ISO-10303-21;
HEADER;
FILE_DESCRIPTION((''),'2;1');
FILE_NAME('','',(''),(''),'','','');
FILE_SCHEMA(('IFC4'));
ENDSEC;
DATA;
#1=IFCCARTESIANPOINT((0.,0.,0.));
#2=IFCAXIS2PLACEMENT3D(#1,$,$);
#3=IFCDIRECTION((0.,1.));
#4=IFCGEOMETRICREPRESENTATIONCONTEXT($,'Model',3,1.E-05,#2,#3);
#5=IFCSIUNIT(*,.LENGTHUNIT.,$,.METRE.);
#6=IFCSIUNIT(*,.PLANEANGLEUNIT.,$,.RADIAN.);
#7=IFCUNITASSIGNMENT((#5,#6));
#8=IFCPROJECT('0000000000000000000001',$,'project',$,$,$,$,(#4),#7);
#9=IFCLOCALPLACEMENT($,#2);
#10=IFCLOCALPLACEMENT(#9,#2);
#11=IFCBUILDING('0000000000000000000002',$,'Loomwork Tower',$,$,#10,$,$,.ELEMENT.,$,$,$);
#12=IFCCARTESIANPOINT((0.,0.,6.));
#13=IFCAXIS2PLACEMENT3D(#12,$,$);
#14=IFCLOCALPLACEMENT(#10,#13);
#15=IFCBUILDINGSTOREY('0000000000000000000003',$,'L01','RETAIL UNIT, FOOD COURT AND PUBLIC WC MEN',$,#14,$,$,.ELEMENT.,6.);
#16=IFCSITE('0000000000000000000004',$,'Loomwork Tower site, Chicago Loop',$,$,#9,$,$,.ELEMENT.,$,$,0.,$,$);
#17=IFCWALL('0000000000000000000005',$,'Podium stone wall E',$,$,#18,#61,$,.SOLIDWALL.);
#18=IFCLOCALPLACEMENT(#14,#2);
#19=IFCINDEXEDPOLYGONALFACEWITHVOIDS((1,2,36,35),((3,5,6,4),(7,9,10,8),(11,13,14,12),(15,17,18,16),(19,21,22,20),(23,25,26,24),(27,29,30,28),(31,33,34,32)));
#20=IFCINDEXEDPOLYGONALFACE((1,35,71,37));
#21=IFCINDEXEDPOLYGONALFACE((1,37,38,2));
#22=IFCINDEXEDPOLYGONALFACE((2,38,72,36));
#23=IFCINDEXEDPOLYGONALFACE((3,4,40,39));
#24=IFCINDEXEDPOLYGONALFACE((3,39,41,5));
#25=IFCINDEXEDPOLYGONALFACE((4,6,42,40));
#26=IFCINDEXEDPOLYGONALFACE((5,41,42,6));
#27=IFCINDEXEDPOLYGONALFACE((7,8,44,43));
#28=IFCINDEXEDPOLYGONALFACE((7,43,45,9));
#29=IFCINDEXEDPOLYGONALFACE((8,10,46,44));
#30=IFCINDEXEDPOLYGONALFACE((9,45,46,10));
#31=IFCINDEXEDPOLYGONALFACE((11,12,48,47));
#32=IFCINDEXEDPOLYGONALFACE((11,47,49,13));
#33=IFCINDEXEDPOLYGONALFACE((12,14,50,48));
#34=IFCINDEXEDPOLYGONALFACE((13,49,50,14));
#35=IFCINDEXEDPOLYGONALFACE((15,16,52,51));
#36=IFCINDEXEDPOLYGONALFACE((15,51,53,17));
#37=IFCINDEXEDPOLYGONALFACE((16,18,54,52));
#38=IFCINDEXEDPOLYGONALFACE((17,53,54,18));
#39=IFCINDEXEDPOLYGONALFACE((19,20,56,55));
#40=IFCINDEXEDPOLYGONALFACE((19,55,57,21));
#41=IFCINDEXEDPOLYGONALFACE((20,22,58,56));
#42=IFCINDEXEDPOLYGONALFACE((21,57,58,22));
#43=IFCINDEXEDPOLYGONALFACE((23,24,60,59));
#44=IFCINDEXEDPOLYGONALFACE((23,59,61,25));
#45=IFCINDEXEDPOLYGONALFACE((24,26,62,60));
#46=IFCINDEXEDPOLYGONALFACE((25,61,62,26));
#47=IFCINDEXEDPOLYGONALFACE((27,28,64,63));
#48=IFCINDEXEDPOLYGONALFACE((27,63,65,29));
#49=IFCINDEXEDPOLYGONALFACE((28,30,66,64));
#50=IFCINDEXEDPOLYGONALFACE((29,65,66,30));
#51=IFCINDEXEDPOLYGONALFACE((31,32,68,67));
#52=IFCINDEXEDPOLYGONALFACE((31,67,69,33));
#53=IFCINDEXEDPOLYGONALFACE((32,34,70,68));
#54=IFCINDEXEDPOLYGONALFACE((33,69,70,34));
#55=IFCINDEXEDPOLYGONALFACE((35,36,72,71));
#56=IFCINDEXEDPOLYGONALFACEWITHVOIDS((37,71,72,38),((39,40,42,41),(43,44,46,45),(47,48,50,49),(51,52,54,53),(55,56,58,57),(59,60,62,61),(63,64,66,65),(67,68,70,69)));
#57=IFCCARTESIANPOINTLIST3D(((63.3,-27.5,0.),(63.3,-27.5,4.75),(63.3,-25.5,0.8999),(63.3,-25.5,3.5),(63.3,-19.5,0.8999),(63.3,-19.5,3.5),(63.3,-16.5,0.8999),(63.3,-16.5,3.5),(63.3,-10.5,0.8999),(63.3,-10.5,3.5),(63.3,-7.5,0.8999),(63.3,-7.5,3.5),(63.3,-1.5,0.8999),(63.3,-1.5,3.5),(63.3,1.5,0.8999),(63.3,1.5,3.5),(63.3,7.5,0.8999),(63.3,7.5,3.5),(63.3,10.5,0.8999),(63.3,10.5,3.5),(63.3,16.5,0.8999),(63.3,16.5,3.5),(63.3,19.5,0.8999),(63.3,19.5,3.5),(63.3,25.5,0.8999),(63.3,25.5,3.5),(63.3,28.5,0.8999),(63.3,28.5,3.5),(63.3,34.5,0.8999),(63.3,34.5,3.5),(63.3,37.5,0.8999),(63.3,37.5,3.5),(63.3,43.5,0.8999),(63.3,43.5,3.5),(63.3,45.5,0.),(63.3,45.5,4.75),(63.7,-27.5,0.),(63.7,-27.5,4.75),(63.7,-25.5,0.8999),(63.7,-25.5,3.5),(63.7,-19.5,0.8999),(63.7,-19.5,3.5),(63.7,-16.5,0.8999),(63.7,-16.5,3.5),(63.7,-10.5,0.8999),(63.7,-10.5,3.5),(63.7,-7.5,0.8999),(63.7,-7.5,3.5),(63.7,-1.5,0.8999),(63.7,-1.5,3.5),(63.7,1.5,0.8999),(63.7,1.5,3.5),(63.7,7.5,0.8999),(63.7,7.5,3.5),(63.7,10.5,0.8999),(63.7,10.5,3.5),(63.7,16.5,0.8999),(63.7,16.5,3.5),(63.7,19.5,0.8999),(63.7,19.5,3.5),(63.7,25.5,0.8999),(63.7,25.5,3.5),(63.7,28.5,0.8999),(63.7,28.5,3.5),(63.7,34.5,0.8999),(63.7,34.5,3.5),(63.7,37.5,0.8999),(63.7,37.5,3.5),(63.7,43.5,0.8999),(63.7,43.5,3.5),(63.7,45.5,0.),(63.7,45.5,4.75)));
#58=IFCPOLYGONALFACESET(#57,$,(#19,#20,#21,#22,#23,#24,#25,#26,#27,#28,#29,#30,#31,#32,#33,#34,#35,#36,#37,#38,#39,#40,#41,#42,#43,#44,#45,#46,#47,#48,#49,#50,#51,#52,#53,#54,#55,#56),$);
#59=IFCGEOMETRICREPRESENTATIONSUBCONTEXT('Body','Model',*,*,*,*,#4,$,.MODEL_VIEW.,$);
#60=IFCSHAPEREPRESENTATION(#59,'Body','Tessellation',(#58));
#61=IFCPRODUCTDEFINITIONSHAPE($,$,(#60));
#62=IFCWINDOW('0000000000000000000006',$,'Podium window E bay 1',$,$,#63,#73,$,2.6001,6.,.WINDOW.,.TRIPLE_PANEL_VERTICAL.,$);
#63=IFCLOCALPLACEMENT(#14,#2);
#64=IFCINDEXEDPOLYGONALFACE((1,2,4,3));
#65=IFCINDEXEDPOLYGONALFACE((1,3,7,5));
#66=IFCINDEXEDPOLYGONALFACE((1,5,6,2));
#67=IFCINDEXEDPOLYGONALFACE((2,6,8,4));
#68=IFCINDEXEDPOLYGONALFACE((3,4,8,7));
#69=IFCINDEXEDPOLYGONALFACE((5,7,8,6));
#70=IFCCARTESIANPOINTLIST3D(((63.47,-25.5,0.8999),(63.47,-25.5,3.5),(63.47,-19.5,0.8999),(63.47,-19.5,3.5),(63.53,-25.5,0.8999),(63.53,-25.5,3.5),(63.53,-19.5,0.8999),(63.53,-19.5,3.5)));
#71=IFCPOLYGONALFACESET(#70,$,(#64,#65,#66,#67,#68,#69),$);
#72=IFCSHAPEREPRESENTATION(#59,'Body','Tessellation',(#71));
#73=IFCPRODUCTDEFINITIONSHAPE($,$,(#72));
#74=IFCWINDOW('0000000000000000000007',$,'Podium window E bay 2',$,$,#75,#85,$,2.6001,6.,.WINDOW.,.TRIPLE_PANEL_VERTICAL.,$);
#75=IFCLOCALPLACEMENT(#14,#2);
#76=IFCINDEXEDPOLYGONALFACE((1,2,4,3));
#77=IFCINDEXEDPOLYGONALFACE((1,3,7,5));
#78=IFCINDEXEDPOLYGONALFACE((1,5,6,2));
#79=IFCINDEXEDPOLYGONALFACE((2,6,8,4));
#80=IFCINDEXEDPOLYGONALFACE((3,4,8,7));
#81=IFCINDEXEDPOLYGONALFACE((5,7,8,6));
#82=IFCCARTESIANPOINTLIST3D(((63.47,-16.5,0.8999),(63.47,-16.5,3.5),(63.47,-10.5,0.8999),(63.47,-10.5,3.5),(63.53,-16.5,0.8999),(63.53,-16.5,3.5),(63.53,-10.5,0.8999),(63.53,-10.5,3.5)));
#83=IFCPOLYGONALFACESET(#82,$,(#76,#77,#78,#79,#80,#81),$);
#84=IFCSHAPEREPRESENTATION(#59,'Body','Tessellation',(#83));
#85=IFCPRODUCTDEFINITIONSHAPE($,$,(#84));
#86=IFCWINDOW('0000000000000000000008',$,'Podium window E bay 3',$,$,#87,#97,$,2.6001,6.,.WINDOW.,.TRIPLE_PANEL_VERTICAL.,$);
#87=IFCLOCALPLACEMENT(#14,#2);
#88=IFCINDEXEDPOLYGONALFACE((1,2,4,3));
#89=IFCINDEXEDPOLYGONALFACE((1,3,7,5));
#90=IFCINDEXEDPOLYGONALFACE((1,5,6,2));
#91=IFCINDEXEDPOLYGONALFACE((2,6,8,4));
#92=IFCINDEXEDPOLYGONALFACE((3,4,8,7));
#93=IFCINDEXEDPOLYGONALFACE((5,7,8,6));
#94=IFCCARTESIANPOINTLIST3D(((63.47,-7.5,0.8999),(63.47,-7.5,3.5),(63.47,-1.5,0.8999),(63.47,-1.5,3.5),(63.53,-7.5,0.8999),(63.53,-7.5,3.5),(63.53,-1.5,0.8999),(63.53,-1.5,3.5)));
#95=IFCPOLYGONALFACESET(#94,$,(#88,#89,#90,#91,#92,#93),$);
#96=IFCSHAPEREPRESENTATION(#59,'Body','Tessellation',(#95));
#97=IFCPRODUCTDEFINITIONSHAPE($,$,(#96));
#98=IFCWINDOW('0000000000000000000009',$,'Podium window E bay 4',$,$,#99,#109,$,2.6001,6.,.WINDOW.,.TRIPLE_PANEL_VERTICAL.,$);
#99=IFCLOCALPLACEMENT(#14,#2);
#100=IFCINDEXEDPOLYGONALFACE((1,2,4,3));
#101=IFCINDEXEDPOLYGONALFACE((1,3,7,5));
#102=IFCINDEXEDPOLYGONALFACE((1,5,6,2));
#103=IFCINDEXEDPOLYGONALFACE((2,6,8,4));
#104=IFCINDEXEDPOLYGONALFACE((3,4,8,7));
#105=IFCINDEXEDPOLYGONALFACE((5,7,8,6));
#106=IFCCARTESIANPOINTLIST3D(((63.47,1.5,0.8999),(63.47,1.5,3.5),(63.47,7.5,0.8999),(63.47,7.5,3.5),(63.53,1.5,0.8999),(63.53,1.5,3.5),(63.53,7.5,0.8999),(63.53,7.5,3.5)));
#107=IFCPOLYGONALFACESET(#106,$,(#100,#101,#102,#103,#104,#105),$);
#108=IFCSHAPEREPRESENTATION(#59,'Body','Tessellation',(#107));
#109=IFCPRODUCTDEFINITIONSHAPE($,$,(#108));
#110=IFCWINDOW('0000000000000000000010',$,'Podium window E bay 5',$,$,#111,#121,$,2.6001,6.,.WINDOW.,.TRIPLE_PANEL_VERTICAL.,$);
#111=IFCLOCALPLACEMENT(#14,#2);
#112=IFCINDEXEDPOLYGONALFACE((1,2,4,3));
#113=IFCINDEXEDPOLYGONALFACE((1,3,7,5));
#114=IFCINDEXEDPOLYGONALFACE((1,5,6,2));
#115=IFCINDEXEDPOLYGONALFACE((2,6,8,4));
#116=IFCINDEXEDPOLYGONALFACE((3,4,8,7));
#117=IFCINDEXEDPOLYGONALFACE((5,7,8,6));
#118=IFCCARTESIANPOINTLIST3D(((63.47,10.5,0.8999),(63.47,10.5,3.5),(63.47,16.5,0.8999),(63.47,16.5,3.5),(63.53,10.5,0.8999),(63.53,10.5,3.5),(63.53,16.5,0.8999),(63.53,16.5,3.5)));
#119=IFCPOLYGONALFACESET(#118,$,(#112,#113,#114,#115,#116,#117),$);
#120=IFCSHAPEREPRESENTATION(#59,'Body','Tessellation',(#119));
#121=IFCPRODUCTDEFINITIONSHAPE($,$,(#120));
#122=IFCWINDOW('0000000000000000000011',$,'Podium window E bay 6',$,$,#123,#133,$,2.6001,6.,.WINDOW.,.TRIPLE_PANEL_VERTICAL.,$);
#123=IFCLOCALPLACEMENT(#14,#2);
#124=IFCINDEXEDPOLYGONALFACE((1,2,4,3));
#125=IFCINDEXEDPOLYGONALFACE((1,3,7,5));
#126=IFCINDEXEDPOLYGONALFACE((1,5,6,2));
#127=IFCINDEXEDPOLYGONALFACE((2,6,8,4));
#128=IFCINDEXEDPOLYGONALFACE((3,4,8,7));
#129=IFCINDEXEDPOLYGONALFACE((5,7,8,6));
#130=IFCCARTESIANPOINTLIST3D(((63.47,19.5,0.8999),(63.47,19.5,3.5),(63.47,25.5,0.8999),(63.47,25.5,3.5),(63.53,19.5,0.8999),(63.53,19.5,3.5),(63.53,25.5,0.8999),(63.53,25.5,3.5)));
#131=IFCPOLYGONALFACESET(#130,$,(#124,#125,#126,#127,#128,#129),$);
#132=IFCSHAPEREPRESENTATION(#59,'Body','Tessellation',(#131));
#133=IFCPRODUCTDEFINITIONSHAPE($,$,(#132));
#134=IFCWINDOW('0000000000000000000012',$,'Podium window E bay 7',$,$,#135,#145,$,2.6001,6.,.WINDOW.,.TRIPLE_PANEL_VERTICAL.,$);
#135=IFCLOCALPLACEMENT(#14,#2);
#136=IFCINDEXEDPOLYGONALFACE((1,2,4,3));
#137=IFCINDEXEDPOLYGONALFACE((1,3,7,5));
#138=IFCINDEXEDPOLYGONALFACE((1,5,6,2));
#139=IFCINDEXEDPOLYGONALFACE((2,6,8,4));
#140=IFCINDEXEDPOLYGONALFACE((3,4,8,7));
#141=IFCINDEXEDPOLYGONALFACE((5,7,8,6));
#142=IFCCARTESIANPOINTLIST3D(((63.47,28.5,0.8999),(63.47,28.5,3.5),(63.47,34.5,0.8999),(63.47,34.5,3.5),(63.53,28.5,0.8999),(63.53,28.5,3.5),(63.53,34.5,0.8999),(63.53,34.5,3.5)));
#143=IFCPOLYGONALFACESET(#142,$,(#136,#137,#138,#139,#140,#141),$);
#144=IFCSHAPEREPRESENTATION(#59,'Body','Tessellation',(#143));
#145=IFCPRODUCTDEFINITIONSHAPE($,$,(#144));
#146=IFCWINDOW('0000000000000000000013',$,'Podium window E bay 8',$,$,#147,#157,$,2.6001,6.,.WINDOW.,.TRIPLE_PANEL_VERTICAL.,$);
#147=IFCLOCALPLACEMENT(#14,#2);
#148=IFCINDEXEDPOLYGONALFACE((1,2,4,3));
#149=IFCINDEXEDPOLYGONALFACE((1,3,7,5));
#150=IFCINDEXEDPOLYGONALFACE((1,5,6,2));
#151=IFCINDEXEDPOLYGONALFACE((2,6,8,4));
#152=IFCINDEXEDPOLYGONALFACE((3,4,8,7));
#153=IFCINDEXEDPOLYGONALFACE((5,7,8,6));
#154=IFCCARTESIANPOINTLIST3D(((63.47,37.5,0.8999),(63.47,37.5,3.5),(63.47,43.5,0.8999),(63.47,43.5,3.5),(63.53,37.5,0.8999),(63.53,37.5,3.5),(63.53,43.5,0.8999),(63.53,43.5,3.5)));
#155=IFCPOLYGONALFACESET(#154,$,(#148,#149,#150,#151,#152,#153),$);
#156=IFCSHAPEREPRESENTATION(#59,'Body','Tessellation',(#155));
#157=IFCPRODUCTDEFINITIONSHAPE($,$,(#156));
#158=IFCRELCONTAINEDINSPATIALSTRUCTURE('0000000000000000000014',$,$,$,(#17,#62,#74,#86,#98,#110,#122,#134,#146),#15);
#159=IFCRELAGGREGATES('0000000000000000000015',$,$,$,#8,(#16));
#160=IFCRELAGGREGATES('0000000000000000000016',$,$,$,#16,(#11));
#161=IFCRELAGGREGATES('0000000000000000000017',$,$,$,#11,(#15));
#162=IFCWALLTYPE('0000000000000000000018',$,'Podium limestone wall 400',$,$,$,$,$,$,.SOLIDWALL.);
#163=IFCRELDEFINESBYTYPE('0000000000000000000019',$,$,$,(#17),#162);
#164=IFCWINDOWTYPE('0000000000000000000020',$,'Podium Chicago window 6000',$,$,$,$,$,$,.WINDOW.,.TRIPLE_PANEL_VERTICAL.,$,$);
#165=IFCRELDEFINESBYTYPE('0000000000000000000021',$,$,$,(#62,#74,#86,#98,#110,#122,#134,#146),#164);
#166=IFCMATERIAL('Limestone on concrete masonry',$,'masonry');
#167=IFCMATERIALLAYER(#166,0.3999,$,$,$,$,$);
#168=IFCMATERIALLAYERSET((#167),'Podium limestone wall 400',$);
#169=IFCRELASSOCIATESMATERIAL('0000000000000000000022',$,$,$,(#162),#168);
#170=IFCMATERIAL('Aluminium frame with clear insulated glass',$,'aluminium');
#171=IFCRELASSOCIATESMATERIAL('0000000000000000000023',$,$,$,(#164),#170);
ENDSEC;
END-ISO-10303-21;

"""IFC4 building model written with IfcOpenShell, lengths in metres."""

from ifc_helpers import new_model, si_unit, direction, frame, frame_2d, origin, place, context, subcontext, project, spatial, rectangle, extrude, material, layer, layer_set, type_object, element, fill, save


model = new_model("IFC4")

# Units and contexts
model_context = context("Model", 3, precision=1e-05, world=origin(), true_north=direction((0.0, 1.0)))
body_context = subcontext(model_context, "Body", "Model", "MODEL_VIEW")
ifc_project = project(units=[si_unit("LENGTHUNIT", "METRE"), si_unit("PLANEANGLEUNIT", "RADIAN")], contexts=[model_context])

# Site, building, storey
site_placement = place(None, origin())
site = spatial("IfcSite", under=ifc_project, at=site_placement, Name="Loomwork Tower site, Chicago Loop", CompositionType="ELEMENT", RefElevation=0.0)
building_placement = place(site_placement, origin())
building = spatial("IfcBuilding", under=site, at=building_placement, Name="Loomwork Tower", CompositionType="ELEMENT")
storey_placement = place(building_placement, frame((0.0, 0.0, 6.0)))
storey = spatial("IfcBuildingStorey", under=building, at=storey_placement, Name="L01", Description="RETAIL UNIT, FOOD COURT AND PUBLIC WC MEN", CompositionType="ELEMENT", Elevation=6.0)

# Wall, openings, windows
ifc_material_1 = material(Name="Limestone on concrete masonry", Category="masonry")
ifc_layer_1 = layer(ifc_material_1, 0.3999)
ifc_layer_set_1 = layer_set([ifc_layer_1], Name="Podium limestone wall 400")
wall_type_1 = type_object("IfcWallType", Name="Podium limestone wall 400", PredefinedType="SOLIDWALL", material=ifc_layer_set_1)
wall_1_placement = place(storey_placement, frame((63.5, -27.5, 0.0), z_axis=(0.0, 0.0, 1.0), x_axis=(0.0, 1.0, 0.0)))
wall_1 = element("IfcWall", 1, at=wall_1_placement, inside=storey, type_object=wall_type_1, Name="Podium stone wall E", PredefinedType="SOLIDWALL", context=body_context, shape_type="SweptSolid", body=[
    extrude(rectangle(XDim=73.0, YDim=0.3999, at=frame_2d((36.5, 0.0))), origin(), (0.0, 0.0, 1.0), 4.75),
])
opening_1_placement = place(wall_1_placement, frame((2.0, 0.0, 0.8999)))
opening_1 = element("IfcOpeningElement", 2, at=opening_1_placement, cuts=wall_1, PredefinedType="OPENING", context=body_context, shape_type="SweptSolid", body=[
    extrude(rectangle(XDim=6.0, YDim=2.6001, at=frame_2d((3.0, 1.3))), frame((0.0, 0.21, 0.0), z_axis=(0.0, -1.0, 0.0), x_axis=(1.0, 0.0, 0.0)), (0.0, 0.0, 1.0), 0.4199),
])
opening_2_placement = place(wall_1_placement, frame((11.0, 0.0, 0.8999)))
opening_2 = element("IfcOpeningElement", 3, at=opening_2_placement, cuts=wall_1, PredefinedType="OPENING", context=body_context, shape_type="SweptSolid", body=[
    extrude(rectangle(XDim=6.0, YDim=2.6001, at=frame_2d((3.0, 1.3))), frame((0.0, 0.21, 0.0), z_axis=(0.0, -1.0, 0.0), x_axis=(1.0, 0.0, 0.0)), (0.0, 0.0, 1.0), 0.4199),
])
opening_3_placement = place(wall_1_placement, frame((20.0, 0.0, 0.8999)))
opening_3 = element("IfcOpeningElement", 4, at=opening_3_placement, cuts=wall_1, PredefinedType="OPENING", context=body_context, shape_type="SweptSolid", body=[
    extrude(rectangle(XDim=6.0, YDim=2.6001, at=frame_2d((3.0, 1.3))), frame((0.0, 0.21, 0.0), z_axis=(0.0, -1.0, 0.0), x_axis=(1.0, 0.0, 0.0)), (0.0, 0.0, 1.0), 0.4199),
])
opening_4_placement = place(wall_1_placement, frame((29.0, 0.0, 0.8999)))
opening_4 = element("IfcOpeningElement", 5, at=opening_4_placement, cuts=wall_1, PredefinedType="OPENING", context=body_context, shape_type="SweptSolid", body=[
    extrude(rectangle(XDim=6.0, YDim=2.6001, at=frame_2d((3.0, 1.3))), frame((0.0, 0.21, 0.0), z_axis=(0.0, -1.0, 0.0), x_axis=(1.0, 0.0, 0.0)), (0.0, 0.0, 1.0), 0.4199),
])
opening_5_placement = place(wall_1_placement, frame((38.0, 0.0, 0.8999)))
opening_5 = element("IfcOpeningElement", 6, at=opening_5_placement, cuts=wall_1, PredefinedType="OPENING", context=body_context, shape_type="SweptSolid", body=[
    extrude(rectangle(XDim=6.0, YDim=2.6001, at=frame_2d((3.0, 1.3))), frame((0.0, 0.21, 0.0), z_axis=(0.0, -1.0, 0.0), x_axis=(1.0, 0.0, 0.0)), (0.0, 0.0, 1.0), 0.4199),
])
opening_6_placement = place(wall_1_placement, frame((47.0, 0.0, 0.8999)))
opening_6 = element("IfcOpeningElement", 7, at=opening_6_placement, cuts=wall_1, PredefinedType="OPENING", context=body_context, shape_type="SweptSolid", body=[
    extrude(rectangle(XDim=6.0, YDim=2.6001, at=frame_2d((3.0, 1.3))), frame((0.0, 0.21, 0.0), z_axis=(0.0, -1.0, 0.0), x_axis=(1.0, 0.0, 0.0)), (0.0, 0.0, 1.0), 0.4199),
])
opening_7_placement = place(wall_1_placement, frame((56.0, 0.0, 0.8999)))
opening_7 = element("IfcOpeningElement", 8, at=opening_7_placement, cuts=wall_1, PredefinedType="OPENING", context=body_context, shape_type="SweptSolid", body=[
    extrude(rectangle(XDim=6.0, YDim=2.6001, at=frame_2d((3.0, 1.3))), frame((0.0, 0.21, 0.0), z_axis=(0.0, -1.0, 0.0), x_axis=(1.0, 0.0, 0.0)), (0.0, 0.0, 1.0), 0.4199),
])
opening_8_placement = place(wall_1_placement, frame((65.0, 0.0, 0.8999)))
opening_8 = element("IfcOpeningElement", 9, at=opening_8_placement, cuts=wall_1, PredefinedType="OPENING", context=body_context, shape_type="SweptSolid", body=[
    extrude(rectangle(XDim=6.0, YDim=2.6001, at=frame_2d((3.0, 1.3))), frame((0.0, 0.21, 0.0), z_axis=(0.0, -1.0, 0.0), x_axis=(1.0, 0.0, 0.0)), (0.0, 0.0, 1.0), 0.4199),
])
ifc_material_2 = material(Name="Aluminium frame with clear insulated glass", Category="aluminium")
window_type = type_object("IfcWindowType", Name="Podium Chicago window 6000", PartitioningType="TRIPLE_PANEL_VERTICAL", PredefinedType="WINDOW", material=ifc_material_2)
window_1_placement = place(opening_1_placement, origin())
window_1 = element("IfcWindow", 10, at=window_1_placement, inside=storey, type_object=window_type, Name="Podium window E bay 1", OverallHeight=2.6001, OverallWidth=6.0, PartitioningType="TRIPLE_PANEL_VERTICAL", PredefinedType="WINDOW", context=body_context, shape_type="SweptSolid", body=[
    extrude(rectangle(XDim=6.0, YDim=2.6001, at=frame_2d((3.0, 1.3))), frame((0.0, 0.03, 0.0), z_axis=(0.0, -1.0, 0.0), x_axis=(1.0, 0.0, 0.0)), (0.0, 0.0, 1.0), 0.0601),
])
fill(opening_1, window_1)
window_2_placement = place(opening_2_placement, origin())
window_2 = element("IfcWindow", 11, at=window_2_placement, inside=storey, type_object=window_type, Name="Podium window E bay 2", OverallHeight=2.6001, OverallWidth=6.0, PartitioningType="TRIPLE_PANEL_VERTICAL", PredefinedType="WINDOW", context=body_context, shape_type="SweptSolid", body=[
    extrude(rectangle(XDim=6.0, YDim=2.6001, at=frame_2d((3.0, 1.3))), frame((0.0, 0.03, 0.0), z_axis=(0.0, -1.0, 0.0), x_axis=(1.0, 0.0, 0.0)), (0.0, 0.0, 1.0), 0.0601),
])
fill(opening_2, window_2)
window_3_placement = place(opening_3_placement, origin())
window_3 = element("IfcWindow", 12, at=window_3_placement, inside=storey, type_object=window_type, Name="Podium window E bay 3", OverallHeight=2.6001, OverallWidth=6.0, PartitioningType="TRIPLE_PANEL_VERTICAL", PredefinedType="WINDOW", context=body_context, shape_type="SweptSolid", body=[
    extrude(rectangle(XDim=6.0, YDim=2.6001, at=frame_2d((3.0, 1.3))), frame((0.0, 0.03, 0.0), z_axis=(0.0, -1.0, 0.0), x_axis=(1.0, 0.0, 0.0)), (0.0, 0.0, 1.0), 0.0601),
])
fill(opening_3, window_3)
window_4_placement = place(opening_4_placement, origin())
window_4 = element("IfcWindow", 13, at=window_4_placement, inside=storey, type_object=window_type, Name="Podium window E bay 4", OverallHeight=2.6001, OverallWidth=6.0, PartitioningType="TRIPLE_PANEL_VERTICAL", PredefinedType="WINDOW", context=body_context, shape_type="SweptSolid", body=[
    extrude(rectangle(XDim=6.0, YDim=2.6001, at=frame_2d((3.0, 1.3))), frame((0.0, 0.03, 0.0), z_axis=(0.0, -1.0, 0.0), x_axis=(1.0, 0.0, 0.0)), (0.0, 0.0, 1.0), 0.0601),
])
fill(opening_4, window_4)
window_5_placement = place(opening_5_placement, origin())
window_5 = element("IfcWindow", 14, at=window_5_placement, inside=storey, type_object=window_type, Name="Podium window E bay 5", OverallHeight=2.6001, OverallWidth=6.0, PartitioningType="TRIPLE_PANEL_VERTICAL", PredefinedType="WINDOW", context=body_context, shape_type="SweptSolid", body=[
    extrude(rectangle(XDim=6.0, YDim=2.6001, at=frame_2d((3.0, 1.3))), frame((0.0, 0.03, 0.0), z_axis=(0.0, -1.0, 0.0), x_axis=(1.0, 0.0, 0.0)), (0.0, 0.0, 1.0), 0.0601),
])
fill(opening_5, window_5)
window_6_placement = place(opening_6_placement, origin())
window_6 = element("IfcWindow", 15, at=window_6_placement, inside=storey, type_object=window_type, Name="Podium window E bay 6", OverallHeight=2.6001, OverallWidth=6.0, PartitioningType="TRIPLE_PANEL_VERTICAL", PredefinedType="WINDOW", context=body_context, shape_type="SweptSolid", body=[
    extrude(rectangle(XDim=6.0, YDim=2.6001, at=frame_2d((3.0, 1.3))), frame((0.0, 0.03, 0.0), z_axis=(0.0, -1.0, 0.0), x_axis=(1.0, 0.0, 0.0)), (0.0, 0.0, 1.0), 0.0601),
])
fill(opening_6, window_6)
window_7_placement = place(opening_7_placement, origin())
window_7 = element("IfcWindow", 16, at=window_7_placement, inside=storey, type_object=window_type, Name="Podium window E bay 7", OverallHeight=2.6001, OverallWidth=6.0, PartitioningType="TRIPLE_PANEL_VERTICAL", PredefinedType="WINDOW", context=body_context, shape_type="SweptSolid", body=[
    extrude(rectangle(XDim=6.0, YDim=2.6001, at=frame_2d((3.0, 1.3))), frame((0.0, 0.03, 0.0), z_axis=(0.0, -1.0, 0.0), x_axis=(1.0, 0.0, 0.0)), (0.0, 0.0, 1.0), 0.0601),
])
fill(opening_7, window_7)
window_8_placement = place(opening_8_placement, origin())
window_8 = element("IfcWindow", 17, at=window_8_placement, inside=storey, type_object=window_type, Name="Podium window E bay 8", OverallHeight=2.6001, OverallWidth=6.0, PartitioningType="TRIPLE_PANEL_VERTICAL", PredefinedType="WINDOW", context=body_context, shape_type="SweptSolid", body=[
    extrude(rectangle(XDim=6.0, YDim=2.6001, at=frame_2d((3.0, 1.3))), frame((0.0, 0.03, 0.0), z_axis=(0.0, -1.0, 0.0), x_axis=(1.0, 0.0, 0.0)), (0.0, 0.0, 1.0), 0.0601),
])
fill(opening_8, window_8)

save(model, "model.ifc")
